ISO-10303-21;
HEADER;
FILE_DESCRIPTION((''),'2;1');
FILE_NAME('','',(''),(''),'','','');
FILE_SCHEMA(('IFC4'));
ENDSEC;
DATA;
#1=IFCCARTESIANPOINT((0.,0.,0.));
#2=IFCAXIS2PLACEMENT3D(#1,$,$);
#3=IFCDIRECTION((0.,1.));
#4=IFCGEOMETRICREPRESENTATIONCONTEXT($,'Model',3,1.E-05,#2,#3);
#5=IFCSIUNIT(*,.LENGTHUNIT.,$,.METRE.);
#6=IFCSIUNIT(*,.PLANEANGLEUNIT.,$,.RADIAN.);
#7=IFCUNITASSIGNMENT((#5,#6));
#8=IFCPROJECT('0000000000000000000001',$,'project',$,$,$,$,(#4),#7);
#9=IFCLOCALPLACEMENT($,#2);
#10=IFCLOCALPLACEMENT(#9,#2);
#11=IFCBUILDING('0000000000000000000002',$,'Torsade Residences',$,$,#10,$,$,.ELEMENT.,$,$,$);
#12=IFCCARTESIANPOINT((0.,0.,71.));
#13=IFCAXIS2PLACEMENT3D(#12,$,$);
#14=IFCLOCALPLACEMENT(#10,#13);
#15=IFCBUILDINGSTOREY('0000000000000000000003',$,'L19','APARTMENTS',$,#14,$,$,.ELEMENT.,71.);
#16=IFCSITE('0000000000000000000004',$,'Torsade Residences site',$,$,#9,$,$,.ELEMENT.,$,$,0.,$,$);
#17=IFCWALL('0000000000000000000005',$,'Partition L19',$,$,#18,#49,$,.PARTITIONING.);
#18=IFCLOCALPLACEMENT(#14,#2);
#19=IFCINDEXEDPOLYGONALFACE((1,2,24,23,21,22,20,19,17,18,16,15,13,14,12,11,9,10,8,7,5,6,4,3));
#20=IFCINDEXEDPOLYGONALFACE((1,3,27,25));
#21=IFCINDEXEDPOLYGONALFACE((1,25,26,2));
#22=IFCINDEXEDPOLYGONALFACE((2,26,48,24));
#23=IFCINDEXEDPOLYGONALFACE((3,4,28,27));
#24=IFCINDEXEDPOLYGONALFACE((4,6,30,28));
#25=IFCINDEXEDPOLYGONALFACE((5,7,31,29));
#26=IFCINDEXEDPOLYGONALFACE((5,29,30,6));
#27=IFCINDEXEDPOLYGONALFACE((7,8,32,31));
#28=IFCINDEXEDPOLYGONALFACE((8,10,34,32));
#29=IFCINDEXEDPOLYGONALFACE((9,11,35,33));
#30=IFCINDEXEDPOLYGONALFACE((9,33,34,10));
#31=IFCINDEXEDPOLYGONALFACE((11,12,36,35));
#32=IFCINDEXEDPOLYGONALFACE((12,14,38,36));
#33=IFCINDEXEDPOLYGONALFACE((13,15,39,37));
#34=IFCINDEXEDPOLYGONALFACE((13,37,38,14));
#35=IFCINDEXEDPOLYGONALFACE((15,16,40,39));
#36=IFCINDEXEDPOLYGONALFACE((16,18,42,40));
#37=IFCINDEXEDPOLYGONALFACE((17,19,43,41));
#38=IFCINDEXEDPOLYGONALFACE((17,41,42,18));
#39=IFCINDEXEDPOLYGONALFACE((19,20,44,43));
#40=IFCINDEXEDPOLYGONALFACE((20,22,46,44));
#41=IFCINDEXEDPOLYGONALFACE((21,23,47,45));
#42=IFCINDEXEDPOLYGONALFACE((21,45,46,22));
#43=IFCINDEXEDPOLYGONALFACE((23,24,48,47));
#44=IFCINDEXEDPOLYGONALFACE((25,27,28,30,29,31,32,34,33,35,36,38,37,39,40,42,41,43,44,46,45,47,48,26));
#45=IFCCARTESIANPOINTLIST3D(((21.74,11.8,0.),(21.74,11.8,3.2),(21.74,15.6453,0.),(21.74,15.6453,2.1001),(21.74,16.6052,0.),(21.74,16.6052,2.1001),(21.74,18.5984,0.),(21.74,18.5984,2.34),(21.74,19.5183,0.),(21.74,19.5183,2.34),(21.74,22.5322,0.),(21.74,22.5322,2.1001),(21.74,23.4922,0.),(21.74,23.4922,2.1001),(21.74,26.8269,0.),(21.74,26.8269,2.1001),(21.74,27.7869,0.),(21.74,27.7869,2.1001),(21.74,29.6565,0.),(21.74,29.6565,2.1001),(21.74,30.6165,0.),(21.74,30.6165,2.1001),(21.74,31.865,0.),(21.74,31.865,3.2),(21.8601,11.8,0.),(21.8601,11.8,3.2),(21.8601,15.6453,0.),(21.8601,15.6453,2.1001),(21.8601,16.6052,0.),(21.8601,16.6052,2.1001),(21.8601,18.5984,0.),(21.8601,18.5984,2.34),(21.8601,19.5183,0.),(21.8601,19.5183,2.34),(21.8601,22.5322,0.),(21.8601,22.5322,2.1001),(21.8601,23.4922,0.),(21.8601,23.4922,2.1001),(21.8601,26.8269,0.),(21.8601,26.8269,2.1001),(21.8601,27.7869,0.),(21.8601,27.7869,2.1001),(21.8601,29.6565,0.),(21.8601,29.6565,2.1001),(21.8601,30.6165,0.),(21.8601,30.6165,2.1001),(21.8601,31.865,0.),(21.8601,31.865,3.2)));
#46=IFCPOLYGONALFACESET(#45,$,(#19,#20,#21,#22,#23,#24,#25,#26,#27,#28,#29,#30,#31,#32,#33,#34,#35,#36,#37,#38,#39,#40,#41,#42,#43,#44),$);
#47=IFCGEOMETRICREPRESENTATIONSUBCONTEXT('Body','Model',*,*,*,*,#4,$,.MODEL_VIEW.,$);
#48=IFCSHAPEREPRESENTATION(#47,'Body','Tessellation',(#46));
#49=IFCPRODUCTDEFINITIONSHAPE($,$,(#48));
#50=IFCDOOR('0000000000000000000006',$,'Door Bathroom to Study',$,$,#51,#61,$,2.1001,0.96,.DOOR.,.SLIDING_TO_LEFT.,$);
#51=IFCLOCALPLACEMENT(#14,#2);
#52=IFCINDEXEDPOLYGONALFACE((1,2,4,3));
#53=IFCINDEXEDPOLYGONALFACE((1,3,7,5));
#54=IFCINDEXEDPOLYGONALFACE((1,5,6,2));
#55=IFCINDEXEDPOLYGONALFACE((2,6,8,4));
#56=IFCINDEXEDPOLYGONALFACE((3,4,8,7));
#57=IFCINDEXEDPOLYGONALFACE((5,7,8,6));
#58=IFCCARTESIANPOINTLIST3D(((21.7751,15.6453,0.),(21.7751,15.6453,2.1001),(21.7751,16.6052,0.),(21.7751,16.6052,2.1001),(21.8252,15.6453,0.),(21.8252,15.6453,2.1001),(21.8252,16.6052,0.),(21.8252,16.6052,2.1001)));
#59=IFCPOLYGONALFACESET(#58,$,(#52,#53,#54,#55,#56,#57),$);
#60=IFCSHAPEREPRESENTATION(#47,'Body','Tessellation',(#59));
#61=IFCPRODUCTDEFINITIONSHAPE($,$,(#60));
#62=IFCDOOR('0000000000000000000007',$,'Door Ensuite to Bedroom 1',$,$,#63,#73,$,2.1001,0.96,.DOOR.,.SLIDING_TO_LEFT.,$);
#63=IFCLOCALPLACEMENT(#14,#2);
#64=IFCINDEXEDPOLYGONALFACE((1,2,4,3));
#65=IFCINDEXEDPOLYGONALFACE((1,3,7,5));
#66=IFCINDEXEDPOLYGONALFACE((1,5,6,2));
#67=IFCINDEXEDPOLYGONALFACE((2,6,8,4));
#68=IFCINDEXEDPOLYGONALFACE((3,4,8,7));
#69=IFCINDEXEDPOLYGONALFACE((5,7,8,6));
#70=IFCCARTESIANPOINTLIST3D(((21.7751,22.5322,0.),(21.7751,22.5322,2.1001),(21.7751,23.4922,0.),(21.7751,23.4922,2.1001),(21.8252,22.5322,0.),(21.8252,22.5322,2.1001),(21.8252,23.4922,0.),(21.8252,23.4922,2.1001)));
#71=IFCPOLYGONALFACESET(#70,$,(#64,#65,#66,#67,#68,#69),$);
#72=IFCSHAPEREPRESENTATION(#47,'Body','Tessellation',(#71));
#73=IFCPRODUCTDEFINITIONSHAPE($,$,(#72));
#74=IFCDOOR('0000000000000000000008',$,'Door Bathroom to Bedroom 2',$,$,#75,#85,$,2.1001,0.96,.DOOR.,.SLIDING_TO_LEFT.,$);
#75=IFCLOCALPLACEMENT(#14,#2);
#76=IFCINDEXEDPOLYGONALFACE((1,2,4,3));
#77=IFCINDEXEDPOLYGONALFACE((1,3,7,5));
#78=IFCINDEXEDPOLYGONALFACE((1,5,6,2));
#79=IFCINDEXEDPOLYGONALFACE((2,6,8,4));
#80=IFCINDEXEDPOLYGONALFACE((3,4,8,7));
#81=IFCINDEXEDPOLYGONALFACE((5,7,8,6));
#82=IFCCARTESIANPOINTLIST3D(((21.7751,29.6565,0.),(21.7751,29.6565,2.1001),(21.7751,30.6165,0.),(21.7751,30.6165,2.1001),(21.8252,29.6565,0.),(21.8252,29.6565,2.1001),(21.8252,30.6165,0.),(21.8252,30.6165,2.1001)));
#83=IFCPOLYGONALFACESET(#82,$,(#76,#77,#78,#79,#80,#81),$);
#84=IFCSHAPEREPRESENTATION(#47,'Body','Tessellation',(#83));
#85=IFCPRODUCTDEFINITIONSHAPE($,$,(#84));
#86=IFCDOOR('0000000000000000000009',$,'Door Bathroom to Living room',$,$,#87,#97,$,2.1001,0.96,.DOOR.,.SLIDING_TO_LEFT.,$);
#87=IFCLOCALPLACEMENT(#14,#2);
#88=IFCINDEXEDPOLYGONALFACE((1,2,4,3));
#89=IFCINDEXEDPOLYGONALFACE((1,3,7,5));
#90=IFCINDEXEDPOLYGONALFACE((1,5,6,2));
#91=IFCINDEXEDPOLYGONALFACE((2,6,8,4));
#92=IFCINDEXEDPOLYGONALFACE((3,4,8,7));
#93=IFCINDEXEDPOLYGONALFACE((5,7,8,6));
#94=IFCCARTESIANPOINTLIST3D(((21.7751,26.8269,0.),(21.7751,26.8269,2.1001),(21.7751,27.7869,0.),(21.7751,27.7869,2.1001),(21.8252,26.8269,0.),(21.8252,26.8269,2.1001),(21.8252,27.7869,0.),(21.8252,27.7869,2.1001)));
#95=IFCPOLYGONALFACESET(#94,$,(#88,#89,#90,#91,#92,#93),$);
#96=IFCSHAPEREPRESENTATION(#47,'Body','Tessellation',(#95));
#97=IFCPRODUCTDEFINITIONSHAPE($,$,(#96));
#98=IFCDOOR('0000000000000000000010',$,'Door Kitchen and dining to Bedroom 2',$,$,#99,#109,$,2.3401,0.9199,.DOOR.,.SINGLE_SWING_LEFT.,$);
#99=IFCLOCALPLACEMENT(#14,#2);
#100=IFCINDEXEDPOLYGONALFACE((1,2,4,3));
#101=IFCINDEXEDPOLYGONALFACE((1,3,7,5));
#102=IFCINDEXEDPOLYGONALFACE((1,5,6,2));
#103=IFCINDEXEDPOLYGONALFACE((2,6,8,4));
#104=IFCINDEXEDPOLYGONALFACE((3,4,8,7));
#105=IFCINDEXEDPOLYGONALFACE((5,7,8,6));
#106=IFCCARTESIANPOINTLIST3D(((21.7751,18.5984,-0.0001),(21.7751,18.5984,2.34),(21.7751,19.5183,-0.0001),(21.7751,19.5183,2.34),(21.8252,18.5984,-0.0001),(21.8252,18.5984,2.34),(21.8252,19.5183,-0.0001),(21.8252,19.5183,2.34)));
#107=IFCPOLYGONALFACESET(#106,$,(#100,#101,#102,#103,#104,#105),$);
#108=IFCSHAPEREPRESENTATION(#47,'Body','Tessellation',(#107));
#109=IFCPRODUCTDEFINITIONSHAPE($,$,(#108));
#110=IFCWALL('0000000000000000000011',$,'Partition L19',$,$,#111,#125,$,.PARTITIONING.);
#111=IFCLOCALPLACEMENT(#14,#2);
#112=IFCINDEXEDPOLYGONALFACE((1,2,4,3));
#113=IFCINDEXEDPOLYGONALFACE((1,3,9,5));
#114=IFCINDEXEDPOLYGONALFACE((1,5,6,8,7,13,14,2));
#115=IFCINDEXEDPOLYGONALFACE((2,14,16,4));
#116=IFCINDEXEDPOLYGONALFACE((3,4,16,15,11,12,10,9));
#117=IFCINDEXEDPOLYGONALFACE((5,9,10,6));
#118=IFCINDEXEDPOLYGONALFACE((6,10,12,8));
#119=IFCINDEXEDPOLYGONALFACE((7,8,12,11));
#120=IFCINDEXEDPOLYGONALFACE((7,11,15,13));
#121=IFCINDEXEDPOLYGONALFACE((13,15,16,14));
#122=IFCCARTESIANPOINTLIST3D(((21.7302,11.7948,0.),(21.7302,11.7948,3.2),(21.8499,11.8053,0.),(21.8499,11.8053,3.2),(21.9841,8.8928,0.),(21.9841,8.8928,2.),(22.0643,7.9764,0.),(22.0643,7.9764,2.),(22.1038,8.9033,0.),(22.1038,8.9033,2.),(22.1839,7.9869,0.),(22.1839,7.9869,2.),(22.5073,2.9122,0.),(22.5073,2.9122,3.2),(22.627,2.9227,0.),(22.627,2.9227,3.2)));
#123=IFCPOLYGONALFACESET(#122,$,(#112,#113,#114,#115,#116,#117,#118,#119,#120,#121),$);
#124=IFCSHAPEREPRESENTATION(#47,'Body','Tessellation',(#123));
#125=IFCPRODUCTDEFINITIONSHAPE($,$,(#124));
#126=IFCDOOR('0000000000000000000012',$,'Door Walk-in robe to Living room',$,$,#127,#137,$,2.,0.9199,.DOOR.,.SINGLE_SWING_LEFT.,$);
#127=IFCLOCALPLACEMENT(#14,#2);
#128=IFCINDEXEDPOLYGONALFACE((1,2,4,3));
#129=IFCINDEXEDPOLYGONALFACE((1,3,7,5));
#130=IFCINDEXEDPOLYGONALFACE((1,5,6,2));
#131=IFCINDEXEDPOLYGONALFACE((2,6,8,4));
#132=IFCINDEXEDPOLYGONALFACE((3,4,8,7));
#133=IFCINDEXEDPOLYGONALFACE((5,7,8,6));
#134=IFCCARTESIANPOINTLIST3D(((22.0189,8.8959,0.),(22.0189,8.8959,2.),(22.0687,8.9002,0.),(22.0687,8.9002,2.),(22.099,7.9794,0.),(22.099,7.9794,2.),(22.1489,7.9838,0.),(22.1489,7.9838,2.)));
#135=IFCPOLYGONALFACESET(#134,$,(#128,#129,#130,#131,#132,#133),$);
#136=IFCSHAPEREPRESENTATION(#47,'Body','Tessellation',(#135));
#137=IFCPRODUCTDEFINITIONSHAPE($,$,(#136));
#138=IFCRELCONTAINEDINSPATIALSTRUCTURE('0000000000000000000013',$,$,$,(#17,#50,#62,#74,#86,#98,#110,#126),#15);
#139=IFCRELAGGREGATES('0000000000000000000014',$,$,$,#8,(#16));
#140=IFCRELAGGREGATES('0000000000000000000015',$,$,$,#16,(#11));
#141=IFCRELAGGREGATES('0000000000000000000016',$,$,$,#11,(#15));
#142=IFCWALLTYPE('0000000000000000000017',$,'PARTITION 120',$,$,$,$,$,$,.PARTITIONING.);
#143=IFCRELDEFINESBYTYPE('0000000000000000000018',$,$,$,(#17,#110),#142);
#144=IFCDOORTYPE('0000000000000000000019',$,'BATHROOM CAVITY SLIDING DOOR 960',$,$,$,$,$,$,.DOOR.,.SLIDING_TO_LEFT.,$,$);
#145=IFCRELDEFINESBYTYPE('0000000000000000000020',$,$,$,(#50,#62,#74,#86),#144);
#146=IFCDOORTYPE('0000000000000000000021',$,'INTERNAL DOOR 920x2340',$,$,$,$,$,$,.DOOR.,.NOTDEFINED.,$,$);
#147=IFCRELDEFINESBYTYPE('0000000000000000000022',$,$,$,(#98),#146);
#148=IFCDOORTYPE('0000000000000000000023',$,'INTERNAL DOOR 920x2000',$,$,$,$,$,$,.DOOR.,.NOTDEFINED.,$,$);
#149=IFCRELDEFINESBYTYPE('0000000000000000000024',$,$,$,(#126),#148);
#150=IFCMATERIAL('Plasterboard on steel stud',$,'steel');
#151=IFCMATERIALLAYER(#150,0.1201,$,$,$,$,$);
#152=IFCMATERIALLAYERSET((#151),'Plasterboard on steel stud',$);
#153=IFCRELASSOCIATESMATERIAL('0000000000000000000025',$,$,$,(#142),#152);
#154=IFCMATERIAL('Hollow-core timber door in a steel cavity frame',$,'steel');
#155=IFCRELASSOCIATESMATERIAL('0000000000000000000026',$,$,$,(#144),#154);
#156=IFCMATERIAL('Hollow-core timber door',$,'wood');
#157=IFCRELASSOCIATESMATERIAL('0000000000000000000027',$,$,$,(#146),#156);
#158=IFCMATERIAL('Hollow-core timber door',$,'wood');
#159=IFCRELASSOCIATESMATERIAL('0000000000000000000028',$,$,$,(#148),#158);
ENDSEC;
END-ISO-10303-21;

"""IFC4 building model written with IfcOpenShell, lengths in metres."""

from ifc_helpers import new_model, si_unit, direction, frame, frame_2d, origin, place, context, subcontext, project, spatial, rectangle, extrude, material, layer, layer_set, type_object, element, fill, save


model = new_model("IFC4")

# Units and contexts
model_context = context("Model", 3, precision=1e-05, world=origin(), true_north=direction((0.0, 1.0)))
body_context = subcontext(model_context, "Body", "Model", "MODEL_VIEW")
ifc_project = project(units=[si_unit("LENGTHUNIT", "METRE"), si_unit("PLANEANGLEUNIT", "RADIAN")], contexts=[model_context])

# Site, building, storey
site_placement = place(None, origin())
site = spatial("IfcSite", under=ifc_project, at=site_placement, Name="Torsade Residences site", CompositionType="ELEMENT", RefElevation=0.0)
building_placement = place(site_placement, origin())
building = spatial("IfcBuilding", under=site, at=building_placement, Name="Torsade Residences", CompositionType="ELEMENT")
storey_placement = place(building_placement, frame((0.0, 0.0, 71.0)))
storey = spatial("IfcBuildingStorey", under=building, at=storey_placement, Name="L19", Description="APARTMENTS", CompositionType="ELEMENT", Elevation=71.0)

# Wall, openings, doors
ifc_material_1 = material(Name="Plasterboard on steel stud", Category="steel")
ifc_layer_1 = layer(ifc_material_1, 0.1201)
ifc_layer_set_1 = layer_set([ifc_layer_1], Name="Plasterboard on steel stud")
wall_type_1 = type_object("IfcWallType", Name="PARTITION 120", PredefinedType="PARTITIONING", material=ifc_layer_set_1)
wall_1_placement = place(storey_placement, frame((21.8, 11.8, 0.0), z_axis=(0.0, 0.0, 1.0), x_axis=(0.0, 1.0, 0.0)))
wall_1 = element("IfcWall", 1, at=wall_1_placement, inside=storey, type_object=wall_type_1, Name="Partition L19", PredefinedType="PARTITIONING", context=body_context, shape_type="SweptSolid", body=[
    extrude(rectangle(XDim=20.0649, YDim=0.1201, at=frame_2d((10.0325, 0.0))), origin(), (0.0, 0.0, 1.0), 3.2),
])
opening_1_placement = place(wall_1_placement, frame((6.7983, 0.0, 0.0)))
opening_1 = element("IfcOpeningElement", 2, at=opening_1_placement, cuts=wall_1, PredefinedType="OPENING", context=body_context, shape_type="SweptSolid", body=[
    extrude(rectangle(XDim=0.9199, YDim=2.3401, at=frame_2d((0.46, 1.1699))), frame((0.0, 0.0701, 0.0), z_axis=(0.0, -1.0, 0.0), x_axis=(1.0, 0.0, 0.0)), (0.0, 0.0, 1.0), 0.1401),
])
opening_2_placement = place(wall_1_placement, frame((3.8452, 0.0, 0.0)))
opening_2 = element("IfcOpeningElement", 3, at=opening_2_placement, cuts=wall_1, PredefinedType="OPENING", context=body_context, shape_type="SweptSolid", body=[
    extrude(rectangle(XDim=0.96, YDim=2.1001, at=frame_2d((0.48, 1.05))), frame((0.0, 0.0701, 0.0), z_axis=(0.0, -1.0, 0.0), x_axis=(1.0, 0.0, 0.0)), (0.0, 0.0, 1.0), 0.1401),
])
opening_3_placement = place(wall_1_placement, frame((10.7322, 0.0, 0.0)))
opening_3 = element("IfcOpeningElement", 4, at=opening_3_placement, cuts=wall_1, PredefinedType="OPENING", context=body_context, shape_type="SweptSolid", body=[
    extrude(rectangle(XDim=0.96, YDim=2.1001, at=frame_2d((0.48, 1.05))), frame((0.0, 0.0701, 0.0), z_axis=(0.0, -1.0, 0.0), x_axis=(1.0, 0.0, 0.0)), (0.0, 0.0, 1.0), 0.1401),
])
opening_4_placement = place(wall_1_placement, frame((17.8564, 0.0, 0.0)))
opening_4 = element("IfcOpeningElement", 5, at=opening_4_placement, cuts=wall_1, PredefinedType="OPENING", context=body_context, shape_type="SweptSolid", body=[
    extrude(rectangle(XDim=0.96, YDim=2.1001, at=frame_2d((0.48, 1.05))), frame((0.0, 0.0701, 0.0), z_axis=(0.0, -1.0, 0.0), x_axis=(1.0, 0.0, 0.0)), (0.0, 0.0, 1.0), 0.1401),
])
opening_5_placement = place(wall_1_placement, frame((15.0269, 0.0, 0.0)))
opening_5 = element("IfcOpeningElement", 6, at=opening_5_placement, cuts=wall_1, PredefinedType="OPENING", context=body_context, shape_type="SweptSolid", body=[
    extrude(rectangle(XDim=0.96, YDim=2.1001, at=frame_2d((0.48, 1.05))), frame((0.0, 0.0701, 0.0), z_axis=(0.0, -1.0, 0.0), x_axis=(1.0, 0.0, 0.0)), (0.0, 0.0, 1.0), 0.1401),
])
ifc_material_2 = material(Name="Hollow-core timber door in a steel cavity frame", Category="steel")
door_type_1 = type_object("IfcDoorType", Name="BATHROOM CAVITY SLIDING DOOR 960", OperationType="SLIDING_TO_LEFT", PredefinedType="DOOR", material=ifc_material_2)
door_1_placement = place(opening_2_placement, origin())
door_1 = element("IfcDoor", 7, at=door_1_placement, inside=storey, type_object=door_type_1, Name="Door Bathroom to Study", OperationType="SLIDING_TO_LEFT", OverallHeight=2.1001, OverallWidth=0.96, PredefinedType="DOOR", context=body_context, shape_type="SweptSolid", body=[
    extrude(rectangle(XDim=0.96, YDim=2.1001, at=frame_2d((0.48, 1.05))), frame((0.0, 0.0249, 0.0), z_axis=(0.0, -1.0, 0.0), x_axis=(1.0, 0.0, 0.0)), (0.0, 0.0, 1.0), 0.05),
])
fill(opening_2, door_1)
door_2_placement = place(opening_3_placement, origin())
door_2 = element("IfcDoor", 8, at=door_2_placement, inside=storey, type_object=door_type_1, Name="Door Ensuite to Bedroom 1", OperationType="SLIDING_TO_LEFT", OverallHeight=2.1001, OverallWidth=0.96, PredefinedType="DOOR", context=body_context, shape_type="SweptSolid", body=[
    extrude(rectangle(XDim=0.96, YDim=2.1001, at=frame_2d((0.48, 1.05))), frame((0.0, 0.0249, 0.0), z_axis=(0.0, -1.0, 0.0), x_axis=(1.0, 0.0, 0.0)), (0.0, 0.0, 1.0), 0.05),
])
fill(opening_3, door_2)
door_3_placement = place(opening_4_placement, origin())
door_3 = element("IfcDoor", 9, at=door_3_placement, inside=storey, type_object=door_type_1, Name="Door Bathroom to Bedroom 2", OperationType="SLIDING_TO_LEFT", OverallHeight=2.1001, OverallWidth=0.96, PredefinedType="DOOR", context=body_context, shape_type="SweptSolid", body=[
    extrude(rectangle(XDim=0.96, YDim=2.1001, at=frame_2d((0.48, 1.05))), frame((0.0, 0.0249, 0.0), z_axis=(0.0, -1.0, 0.0), x_axis=(1.0, 0.0, 0.0)), (0.0, 0.0, 1.0), 0.05),
])
fill(opening_4, door_3)
door_4_placement = place(opening_5_placement, origin())
door_4 = element("IfcDoor", 10, at=door_4_placement, inside=storey, type_object=door_type_1, Name="Door Bathroom to Living room", OperationType="SLIDING_TO_LEFT", OverallHeight=2.1001, OverallWidth=0.96, PredefinedType="DOOR", context=body_context, shape_type="SweptSolid", body=[
    extrude(rectangle(XDim=0.96, YDim=2.1001, at=frame_2d((0.48, 1.05))), frame((0.0, 0.0249, 0.0), z_axis=(0.0, -1.0, 0.0), x_axis=(1.0, 0.0, 0.0)), (0.0, 0.0, 1.0), 0.05),
])
fill(opening_5, door_4)
ifc_material_3 = material(Name="Hollow-core timber door", Category="wood")
door_type_2 = type_object("IfcDoorType", Name="INTERNAL DOOR 920x2340", OperationType="NOTDEFINED", PredefinedType="DOOR", material=ifc_material_3)
door_5_placement = place(opening_1_placement, origin())
door_5 = element("IfcDoor", 11, at=door_5_placement, inside=storey, type_object=door_type_2, Name="Door Kitchen and dining to Bedroom 2", OperationType="SINGLE_SWING_LEFT", OverallHeight=2.3401, OverallWidth=0.9199, PredefinedType="DOOR", context=body_context, shape_type="SweptSolid", body=[
    extrude(rectangle(XDim=0.9199, YDim=2.3401, at=frame_2d((0.46, 1.1699))), frame((0.0, 0.0249, 0.0), z_axis=(0.0, -1.0, 0.0), x_axis=(1.0, 0.0, 0.0)), (0.0, 0.0, 1.0), 0.05),
])
fill(opening_1, door_5)

# Wall, opening, door
wall_2_placement = place(storey_placement, frame((21.79, 11.8, 0.0), z_axis=(0.0, 0.0, 1.0), x_axis=(0.087153, -0.996195, 0.0)))
wall_2 = element("IfcWall", 12, at=wall_2_placement, inside=storey, type_object=wall_type_1, Name="Partition L19", PredefinedType="PARTITIONING", context=body_context, shape_type="SweptSolid", body=[
    extrude(rectangle(XDim=8.9165, YDim=0.1201, at=frame_2d((4.4583, 0.0))), origin(), (0.0, 0.0, 1.0), 3.2),
])
opening_6_placement = place(wall_2_placement, frame((2.9131, 0.0, 0.0)))
opening_6 = element("IfcOpeningElement", 13, at=opening_6_placement, cuts=wall_2, PredefinedType="OPENING", context=body_context, shape_type="SweptSolid", body=[
    extrude(rectangle(XDim=0.9199, YDim=2.0, at=frame_2d((0.46, 1.0))), frame((0.0, 0.0701, 0.0), z_axis=(0.0, -1.0, 0.0), x_axis=(1.0, 0.0, 0.0)), (0.0, 0.0, 1.0), 0.1401),
])
ifc_material_4 = material(Name="Hollow-core timber door", Category="wood")
door_type_3 = type_object("IfcDoorType", Name="INTERNAL DOOR 920x2000", OperationType="NOTDEFINED", PredefinedType="DOOR", material=ifc_material_4)
door_6_placement = place(opening_6_placement, origin())
door_6 = element("IfcDoor", 14, at=door_6_placement, inside=storey, type_object=door_type_3, Name="Door Walk-in robe to Living room", OperationType="SINGLE_SWING_LEFT", OverallHeight=2.0, OverallWidth=0.9199, PredefinedType="DOOR", context=body_context, shape_type="SweptSolid", body=[
    extrude(rectangle(XDim=0.9199, YDim=2.0, at=frame_2d((0.46, 1.0))), frame((0.0, 0.0249, 0.0), z_axis=(0.0, -1.0, 0.0), x_axis=(1.0, 0.0, 0.0)), (0.0, 0.0, 1.0), 0.05),
])
fill(opening_6, door_6)

save(model, "model.ifc")
